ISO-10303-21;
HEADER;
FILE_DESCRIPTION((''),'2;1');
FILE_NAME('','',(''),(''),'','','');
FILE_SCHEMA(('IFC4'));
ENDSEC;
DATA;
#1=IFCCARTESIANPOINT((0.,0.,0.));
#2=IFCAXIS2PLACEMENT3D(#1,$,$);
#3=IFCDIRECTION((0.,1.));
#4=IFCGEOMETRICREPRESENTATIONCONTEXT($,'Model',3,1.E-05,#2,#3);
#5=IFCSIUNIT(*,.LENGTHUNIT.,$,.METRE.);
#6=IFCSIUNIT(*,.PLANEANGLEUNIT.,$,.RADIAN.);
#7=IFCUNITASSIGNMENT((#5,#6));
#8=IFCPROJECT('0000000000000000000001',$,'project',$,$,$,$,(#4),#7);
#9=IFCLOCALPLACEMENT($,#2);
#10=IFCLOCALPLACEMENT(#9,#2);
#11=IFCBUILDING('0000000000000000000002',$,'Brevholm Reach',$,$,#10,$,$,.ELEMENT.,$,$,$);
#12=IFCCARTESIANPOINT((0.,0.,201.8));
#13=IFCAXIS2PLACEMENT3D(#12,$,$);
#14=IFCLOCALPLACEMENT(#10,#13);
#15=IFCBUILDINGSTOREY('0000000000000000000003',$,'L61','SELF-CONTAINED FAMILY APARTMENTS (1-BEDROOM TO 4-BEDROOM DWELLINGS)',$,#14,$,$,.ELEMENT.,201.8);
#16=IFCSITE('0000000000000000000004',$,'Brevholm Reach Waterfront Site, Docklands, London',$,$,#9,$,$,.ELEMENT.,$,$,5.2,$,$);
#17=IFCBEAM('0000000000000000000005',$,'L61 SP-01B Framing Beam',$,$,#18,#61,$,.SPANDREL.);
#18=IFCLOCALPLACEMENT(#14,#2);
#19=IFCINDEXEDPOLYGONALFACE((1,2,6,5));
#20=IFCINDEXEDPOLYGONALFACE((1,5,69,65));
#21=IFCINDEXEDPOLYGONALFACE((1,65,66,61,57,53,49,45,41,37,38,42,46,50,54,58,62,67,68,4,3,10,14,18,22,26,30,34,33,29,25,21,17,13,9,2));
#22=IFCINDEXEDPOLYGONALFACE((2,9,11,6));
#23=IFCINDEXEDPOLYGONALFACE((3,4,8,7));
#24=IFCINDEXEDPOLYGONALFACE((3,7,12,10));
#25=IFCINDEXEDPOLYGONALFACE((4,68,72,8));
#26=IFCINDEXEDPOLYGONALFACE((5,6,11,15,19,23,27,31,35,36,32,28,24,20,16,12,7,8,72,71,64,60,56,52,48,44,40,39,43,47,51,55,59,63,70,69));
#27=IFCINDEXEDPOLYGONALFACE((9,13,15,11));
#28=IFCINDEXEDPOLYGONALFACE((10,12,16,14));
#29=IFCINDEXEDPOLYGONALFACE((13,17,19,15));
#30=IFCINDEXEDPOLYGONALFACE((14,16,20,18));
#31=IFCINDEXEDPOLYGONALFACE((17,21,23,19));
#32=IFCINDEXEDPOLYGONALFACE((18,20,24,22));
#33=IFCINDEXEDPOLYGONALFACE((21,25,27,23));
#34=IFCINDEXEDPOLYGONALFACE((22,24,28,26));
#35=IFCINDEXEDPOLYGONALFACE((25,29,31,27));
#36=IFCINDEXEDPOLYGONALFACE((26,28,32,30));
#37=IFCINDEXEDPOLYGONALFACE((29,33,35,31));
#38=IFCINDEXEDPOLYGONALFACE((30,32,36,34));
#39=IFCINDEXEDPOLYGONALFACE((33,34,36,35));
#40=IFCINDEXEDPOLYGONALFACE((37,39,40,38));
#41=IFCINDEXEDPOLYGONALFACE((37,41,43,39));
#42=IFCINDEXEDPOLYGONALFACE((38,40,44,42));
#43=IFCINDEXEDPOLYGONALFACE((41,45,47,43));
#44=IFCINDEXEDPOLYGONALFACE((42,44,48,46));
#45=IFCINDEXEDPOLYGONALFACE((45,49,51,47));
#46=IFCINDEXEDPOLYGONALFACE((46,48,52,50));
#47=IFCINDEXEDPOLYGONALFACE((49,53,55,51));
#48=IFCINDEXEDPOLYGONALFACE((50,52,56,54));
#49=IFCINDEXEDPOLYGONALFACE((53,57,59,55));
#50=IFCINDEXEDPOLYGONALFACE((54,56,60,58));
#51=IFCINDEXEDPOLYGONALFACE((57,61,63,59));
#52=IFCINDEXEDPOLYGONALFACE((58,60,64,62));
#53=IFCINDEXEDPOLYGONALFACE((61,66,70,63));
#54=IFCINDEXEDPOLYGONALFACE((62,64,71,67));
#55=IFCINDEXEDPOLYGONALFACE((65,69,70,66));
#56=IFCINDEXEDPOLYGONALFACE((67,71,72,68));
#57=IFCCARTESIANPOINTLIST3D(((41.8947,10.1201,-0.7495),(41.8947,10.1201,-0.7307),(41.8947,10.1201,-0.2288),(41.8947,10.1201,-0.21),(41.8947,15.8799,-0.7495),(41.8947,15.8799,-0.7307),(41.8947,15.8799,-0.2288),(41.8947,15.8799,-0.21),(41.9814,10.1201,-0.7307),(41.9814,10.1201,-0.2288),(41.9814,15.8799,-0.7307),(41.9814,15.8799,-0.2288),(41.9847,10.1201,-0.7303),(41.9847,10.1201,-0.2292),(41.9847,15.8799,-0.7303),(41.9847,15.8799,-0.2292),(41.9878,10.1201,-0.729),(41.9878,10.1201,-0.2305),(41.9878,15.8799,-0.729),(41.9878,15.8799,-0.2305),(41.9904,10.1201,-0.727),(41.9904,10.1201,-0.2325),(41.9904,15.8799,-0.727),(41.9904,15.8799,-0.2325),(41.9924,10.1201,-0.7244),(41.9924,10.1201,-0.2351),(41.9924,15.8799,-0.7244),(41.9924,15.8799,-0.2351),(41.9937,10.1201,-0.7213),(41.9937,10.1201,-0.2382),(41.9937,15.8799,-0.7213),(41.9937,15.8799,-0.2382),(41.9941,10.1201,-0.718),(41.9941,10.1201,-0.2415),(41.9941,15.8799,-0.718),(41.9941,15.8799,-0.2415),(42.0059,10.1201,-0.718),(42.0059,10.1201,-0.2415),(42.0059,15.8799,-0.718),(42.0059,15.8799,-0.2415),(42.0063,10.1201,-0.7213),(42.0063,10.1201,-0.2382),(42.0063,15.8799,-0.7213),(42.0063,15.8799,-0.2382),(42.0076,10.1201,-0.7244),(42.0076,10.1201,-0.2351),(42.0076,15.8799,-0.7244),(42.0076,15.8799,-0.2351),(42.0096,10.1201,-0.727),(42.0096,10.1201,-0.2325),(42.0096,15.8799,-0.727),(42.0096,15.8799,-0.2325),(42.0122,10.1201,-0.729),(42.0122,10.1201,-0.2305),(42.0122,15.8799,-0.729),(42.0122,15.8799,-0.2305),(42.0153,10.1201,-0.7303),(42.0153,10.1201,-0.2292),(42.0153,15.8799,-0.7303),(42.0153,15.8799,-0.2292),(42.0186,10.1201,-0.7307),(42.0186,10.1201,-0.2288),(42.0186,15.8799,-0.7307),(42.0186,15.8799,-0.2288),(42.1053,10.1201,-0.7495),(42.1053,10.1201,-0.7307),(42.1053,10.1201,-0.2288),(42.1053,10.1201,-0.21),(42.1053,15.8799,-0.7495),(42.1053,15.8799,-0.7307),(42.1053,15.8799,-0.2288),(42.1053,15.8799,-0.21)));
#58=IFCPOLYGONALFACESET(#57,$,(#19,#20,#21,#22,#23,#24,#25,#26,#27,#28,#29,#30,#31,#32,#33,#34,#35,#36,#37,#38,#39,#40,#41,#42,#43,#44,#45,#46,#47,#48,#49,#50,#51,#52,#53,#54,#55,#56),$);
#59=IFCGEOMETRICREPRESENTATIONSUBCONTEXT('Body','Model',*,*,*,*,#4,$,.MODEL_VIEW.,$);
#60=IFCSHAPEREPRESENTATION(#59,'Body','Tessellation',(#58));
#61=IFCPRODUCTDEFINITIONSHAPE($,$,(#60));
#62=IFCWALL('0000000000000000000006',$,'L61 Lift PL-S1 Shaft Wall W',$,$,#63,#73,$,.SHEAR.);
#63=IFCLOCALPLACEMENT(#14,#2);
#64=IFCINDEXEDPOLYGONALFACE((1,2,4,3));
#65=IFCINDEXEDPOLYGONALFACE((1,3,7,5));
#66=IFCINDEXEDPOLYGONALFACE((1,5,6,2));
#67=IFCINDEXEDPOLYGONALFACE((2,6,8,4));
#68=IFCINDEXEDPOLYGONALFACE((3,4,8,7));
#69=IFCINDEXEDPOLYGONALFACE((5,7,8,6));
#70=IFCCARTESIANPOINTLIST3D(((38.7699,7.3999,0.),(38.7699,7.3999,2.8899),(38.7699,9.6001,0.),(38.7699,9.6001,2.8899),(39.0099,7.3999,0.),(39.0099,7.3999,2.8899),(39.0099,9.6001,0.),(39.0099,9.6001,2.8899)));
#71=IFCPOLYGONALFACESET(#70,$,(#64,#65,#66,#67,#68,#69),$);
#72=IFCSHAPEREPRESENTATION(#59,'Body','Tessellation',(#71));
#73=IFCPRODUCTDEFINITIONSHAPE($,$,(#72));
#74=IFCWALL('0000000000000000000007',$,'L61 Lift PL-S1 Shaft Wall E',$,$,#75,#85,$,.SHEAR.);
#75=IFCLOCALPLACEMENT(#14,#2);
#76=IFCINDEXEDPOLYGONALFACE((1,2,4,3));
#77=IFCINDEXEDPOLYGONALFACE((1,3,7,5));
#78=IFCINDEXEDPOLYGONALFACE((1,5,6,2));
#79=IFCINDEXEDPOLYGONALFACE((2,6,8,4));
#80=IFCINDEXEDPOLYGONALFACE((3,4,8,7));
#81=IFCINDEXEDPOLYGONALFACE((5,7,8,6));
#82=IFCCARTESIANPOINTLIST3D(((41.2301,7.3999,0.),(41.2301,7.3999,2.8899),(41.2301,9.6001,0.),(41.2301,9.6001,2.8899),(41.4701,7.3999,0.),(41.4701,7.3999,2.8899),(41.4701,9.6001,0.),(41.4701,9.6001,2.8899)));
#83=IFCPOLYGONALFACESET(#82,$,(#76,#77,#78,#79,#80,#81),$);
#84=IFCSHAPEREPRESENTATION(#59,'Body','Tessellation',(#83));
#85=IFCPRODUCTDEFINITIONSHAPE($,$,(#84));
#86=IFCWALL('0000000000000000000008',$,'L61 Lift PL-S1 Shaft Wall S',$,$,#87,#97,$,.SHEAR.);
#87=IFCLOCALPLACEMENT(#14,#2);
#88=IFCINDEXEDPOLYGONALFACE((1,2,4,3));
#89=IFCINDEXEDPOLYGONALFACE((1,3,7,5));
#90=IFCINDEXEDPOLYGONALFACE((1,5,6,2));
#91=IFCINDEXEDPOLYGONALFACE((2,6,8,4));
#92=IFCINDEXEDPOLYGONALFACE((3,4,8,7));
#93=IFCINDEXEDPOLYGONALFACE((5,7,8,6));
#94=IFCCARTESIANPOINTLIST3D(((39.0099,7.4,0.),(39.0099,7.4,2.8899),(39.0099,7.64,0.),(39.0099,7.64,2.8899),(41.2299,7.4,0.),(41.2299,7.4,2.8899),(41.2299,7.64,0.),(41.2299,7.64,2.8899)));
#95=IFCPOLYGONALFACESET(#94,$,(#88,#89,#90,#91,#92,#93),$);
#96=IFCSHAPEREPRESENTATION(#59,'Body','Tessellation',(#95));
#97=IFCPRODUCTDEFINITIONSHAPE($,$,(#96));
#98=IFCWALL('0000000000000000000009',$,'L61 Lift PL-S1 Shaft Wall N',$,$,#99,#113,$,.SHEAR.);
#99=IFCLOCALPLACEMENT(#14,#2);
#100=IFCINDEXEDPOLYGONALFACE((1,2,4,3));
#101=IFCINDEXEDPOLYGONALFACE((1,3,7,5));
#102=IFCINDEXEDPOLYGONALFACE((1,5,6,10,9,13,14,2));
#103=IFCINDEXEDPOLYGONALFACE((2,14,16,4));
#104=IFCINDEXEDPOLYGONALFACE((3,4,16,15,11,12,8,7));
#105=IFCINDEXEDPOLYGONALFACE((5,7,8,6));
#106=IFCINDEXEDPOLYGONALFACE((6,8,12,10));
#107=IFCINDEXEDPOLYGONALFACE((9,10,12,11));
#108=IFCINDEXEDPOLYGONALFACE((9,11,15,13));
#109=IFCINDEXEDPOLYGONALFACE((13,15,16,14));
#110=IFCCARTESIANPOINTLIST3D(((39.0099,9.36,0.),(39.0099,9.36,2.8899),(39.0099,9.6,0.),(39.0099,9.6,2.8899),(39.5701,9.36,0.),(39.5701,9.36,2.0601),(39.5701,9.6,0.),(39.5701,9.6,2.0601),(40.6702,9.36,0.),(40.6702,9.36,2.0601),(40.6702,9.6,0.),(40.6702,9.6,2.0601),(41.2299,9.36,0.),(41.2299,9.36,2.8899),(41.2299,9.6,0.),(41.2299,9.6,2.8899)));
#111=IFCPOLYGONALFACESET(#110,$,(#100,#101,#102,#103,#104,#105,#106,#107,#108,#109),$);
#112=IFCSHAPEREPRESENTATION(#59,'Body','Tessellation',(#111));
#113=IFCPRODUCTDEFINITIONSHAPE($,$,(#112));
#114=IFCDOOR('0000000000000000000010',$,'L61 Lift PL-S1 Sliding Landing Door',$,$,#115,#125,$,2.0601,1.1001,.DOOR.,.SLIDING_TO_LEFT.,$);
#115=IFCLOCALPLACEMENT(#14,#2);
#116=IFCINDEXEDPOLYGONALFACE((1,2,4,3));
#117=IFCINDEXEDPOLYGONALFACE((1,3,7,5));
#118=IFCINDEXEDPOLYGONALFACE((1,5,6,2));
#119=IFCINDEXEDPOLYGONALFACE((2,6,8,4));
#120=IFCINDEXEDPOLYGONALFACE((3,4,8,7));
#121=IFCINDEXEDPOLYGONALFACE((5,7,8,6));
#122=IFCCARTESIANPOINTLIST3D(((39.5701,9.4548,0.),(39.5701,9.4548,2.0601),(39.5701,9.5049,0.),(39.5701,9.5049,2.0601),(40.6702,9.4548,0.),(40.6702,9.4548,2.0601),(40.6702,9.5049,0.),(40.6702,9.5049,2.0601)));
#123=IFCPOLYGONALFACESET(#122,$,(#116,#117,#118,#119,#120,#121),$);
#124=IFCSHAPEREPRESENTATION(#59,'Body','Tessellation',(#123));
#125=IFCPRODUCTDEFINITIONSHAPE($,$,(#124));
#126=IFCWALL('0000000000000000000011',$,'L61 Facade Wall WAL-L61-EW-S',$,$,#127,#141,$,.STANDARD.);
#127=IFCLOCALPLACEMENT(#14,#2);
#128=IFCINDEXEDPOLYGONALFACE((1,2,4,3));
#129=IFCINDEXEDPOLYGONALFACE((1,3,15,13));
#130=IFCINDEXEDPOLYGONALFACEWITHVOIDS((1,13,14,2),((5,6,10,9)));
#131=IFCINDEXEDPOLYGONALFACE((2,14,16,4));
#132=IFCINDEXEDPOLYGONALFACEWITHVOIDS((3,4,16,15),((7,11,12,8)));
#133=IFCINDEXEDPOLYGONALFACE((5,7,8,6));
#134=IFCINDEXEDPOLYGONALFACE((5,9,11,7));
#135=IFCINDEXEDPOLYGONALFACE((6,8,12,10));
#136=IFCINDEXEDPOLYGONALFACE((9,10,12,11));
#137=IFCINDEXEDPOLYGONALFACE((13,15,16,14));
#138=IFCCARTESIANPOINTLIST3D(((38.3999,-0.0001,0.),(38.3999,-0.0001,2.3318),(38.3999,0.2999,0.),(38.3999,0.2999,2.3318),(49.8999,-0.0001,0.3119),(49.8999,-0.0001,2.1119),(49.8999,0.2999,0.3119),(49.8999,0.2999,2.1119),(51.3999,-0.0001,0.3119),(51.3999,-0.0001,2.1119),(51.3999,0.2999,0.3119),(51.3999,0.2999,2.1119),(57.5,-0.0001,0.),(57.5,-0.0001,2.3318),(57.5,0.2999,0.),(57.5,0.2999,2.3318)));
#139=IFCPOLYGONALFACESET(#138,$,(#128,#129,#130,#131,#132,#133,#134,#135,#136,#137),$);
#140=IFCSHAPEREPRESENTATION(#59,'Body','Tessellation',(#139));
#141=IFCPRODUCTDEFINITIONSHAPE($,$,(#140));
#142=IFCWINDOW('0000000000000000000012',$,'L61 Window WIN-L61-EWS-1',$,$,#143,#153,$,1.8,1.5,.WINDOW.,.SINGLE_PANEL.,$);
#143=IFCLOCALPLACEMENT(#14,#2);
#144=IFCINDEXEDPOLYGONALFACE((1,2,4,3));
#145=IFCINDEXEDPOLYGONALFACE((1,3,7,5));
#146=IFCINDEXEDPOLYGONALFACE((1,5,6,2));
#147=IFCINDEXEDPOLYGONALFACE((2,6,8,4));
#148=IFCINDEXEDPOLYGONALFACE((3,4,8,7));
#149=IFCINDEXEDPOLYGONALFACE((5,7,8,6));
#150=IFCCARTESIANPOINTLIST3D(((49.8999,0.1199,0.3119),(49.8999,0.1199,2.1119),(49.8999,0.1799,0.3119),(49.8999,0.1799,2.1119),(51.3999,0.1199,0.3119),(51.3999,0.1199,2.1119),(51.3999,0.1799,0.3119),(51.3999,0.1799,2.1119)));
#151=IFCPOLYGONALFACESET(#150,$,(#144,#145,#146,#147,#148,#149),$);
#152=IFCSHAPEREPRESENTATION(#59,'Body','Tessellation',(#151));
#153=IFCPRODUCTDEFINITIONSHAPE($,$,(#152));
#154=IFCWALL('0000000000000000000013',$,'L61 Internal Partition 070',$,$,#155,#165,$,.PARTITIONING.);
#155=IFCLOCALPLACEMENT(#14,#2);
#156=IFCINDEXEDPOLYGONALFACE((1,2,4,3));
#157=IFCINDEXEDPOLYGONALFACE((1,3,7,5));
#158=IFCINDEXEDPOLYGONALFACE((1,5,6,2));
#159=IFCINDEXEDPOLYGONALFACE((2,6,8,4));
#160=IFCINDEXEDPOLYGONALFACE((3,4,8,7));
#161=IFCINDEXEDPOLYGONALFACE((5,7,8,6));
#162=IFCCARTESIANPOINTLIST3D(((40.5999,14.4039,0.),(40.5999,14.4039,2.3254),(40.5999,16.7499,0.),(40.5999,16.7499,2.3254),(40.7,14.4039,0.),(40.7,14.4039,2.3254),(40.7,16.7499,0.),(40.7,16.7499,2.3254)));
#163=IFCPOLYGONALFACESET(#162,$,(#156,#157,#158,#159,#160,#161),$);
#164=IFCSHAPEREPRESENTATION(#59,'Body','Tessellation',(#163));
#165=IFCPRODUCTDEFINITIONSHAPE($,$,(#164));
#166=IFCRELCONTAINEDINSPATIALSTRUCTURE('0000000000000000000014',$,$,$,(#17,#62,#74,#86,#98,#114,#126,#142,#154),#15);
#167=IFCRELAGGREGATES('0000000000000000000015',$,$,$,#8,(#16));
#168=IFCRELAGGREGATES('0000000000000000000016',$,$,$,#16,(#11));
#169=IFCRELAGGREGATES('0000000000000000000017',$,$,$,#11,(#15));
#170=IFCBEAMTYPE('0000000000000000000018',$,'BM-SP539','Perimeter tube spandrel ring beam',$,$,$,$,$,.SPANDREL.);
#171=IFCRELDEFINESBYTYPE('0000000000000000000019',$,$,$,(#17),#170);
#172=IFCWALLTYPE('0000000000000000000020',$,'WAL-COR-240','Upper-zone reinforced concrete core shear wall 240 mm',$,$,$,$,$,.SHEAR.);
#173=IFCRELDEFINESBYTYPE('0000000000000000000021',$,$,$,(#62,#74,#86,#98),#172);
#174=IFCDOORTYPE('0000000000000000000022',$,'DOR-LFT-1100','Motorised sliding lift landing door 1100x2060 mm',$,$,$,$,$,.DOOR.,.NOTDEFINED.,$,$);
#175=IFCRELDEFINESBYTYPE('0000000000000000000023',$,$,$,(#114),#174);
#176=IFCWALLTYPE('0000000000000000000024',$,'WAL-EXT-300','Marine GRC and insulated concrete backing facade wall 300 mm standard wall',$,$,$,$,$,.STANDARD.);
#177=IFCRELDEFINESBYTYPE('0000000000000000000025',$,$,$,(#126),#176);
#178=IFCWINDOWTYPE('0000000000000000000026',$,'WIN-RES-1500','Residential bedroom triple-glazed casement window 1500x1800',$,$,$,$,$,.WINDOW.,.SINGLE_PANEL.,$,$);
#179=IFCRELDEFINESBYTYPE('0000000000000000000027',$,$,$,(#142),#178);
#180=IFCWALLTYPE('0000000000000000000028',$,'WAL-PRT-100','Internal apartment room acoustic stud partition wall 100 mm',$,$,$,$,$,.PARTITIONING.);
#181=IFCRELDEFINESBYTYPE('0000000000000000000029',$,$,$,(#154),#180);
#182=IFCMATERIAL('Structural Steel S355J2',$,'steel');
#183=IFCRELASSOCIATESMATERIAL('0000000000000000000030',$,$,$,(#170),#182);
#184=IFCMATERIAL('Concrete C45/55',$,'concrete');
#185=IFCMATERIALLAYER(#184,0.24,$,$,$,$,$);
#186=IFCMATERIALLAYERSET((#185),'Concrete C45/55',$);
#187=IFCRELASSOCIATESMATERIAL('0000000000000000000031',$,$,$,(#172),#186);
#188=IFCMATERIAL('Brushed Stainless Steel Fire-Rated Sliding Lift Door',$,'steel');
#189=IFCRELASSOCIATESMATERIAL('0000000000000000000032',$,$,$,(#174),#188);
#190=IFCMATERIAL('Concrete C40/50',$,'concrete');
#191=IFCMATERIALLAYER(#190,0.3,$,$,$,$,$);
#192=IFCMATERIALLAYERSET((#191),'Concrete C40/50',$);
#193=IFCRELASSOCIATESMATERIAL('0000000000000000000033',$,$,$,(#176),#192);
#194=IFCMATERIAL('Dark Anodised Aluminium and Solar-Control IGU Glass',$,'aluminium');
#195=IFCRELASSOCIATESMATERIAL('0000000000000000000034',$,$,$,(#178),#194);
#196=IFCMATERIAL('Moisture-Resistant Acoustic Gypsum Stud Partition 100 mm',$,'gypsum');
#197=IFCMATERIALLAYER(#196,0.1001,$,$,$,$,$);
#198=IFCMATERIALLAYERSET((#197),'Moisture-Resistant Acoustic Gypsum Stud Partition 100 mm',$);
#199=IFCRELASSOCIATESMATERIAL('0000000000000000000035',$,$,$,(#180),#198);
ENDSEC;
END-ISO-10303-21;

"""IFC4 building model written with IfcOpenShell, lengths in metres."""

from ifc_helpers import new_model, si_unit, direction, frame, frame_2d, origin, origin_2d, place, context, subcontext, project, spatial, rectangle, i_section, extrude, material, layer, layer_set, material_profile, profile_set, type_object, element, fill, save


model = new_model("IFC4")

# Units and contexts
model_context = context("Model", 3, precision=1e-05, world=origin(), true_north=direction((0.0, 1.0)))
body_context = subcontext(model_context, "Body", "Model", "MODEL_VIEW")
ifc_project = project(units=[si_unit("LENGTHUNIT", "METRE"), si_unit("PLANEANGLEUNIT", "RADIAN")], contexts=[model_context])

# Site, building, storey
site_placement = place(None, origin())
site = spatial("IfcSite", under=ifc_project, at=site_placement, Name="Brevholm Reach Waterfront Site, Docklands, London", CompositionType="ELEMENT", RefElevation=5.2)
building_placement = place(site_placement, origin())
building = spatial("IfcBuilding", under=site, at=building_placement, Name="Brevholm Reach", CompositionType="ELEMENT")
storey_placement = place(building_placement, frame((0.0, 0.0, 201.8)))
storey = spatial("IfcBuildingStorey", under=building, at=storey_placement, Name="L61", Description="SELF-CONTAINED FAMILY APARTMENTS (1-BEDROOM TO 4-BEDROOM DWELLINGS)", CompositionType="ELEMENT", Elevation=201.8)

# Beam
ifc_material_1 = material(Name="Structural Steel S355J2", Category="steel")
ifc_material_profile_1 = material_profile(ifc_material_1, i_section(OverallWidth=0.2107, OverallDepth=0.5396, WebThickness=0.0117, FlangeThickness=0.0188, FilletRadius=0.0127, at=origin_2d()), Name="UKB 533x210x109")
ifc_profile_set_1 = profile_set([ifc_material_profile_1], Name="Structural Steel S355J2")
beam_type_1 = type_object("IfcBeamType", Name="BM-SP539", Description="Perimeter tube spandrel ring beam", PredefinedType="SPANDREL", material=ifc_profile_set_1)
beam_1_placement = place(storey_placement, frame((42.0, 10.1201, -0.4797), z_axis=(0.0, 1.0, 0.0), x_axis=(-1.0, 0.0, 0.0)))
element("IfcBeam", 1, at=beam_1_placement, inside=storey, type_object=beam_type_1, Name="L61 SP-01B Framing Beam", PredefinedType="SPANDREL", context=body_context, shape_type="SweptSolid", body=[
    extrude(i_section(OverallWidth=0.2107, OverallDepth=0.5396, WebThickness=0.0117, FlangeThickness=0.0188, FilletRadius=0.0127, at=origin_2d()), origin(), (0.0, 0.0, 1.0), 5.7598),
])

# Walls
ifc_material_2 = material(Name="Concrete C45/55", Category="concrete")
ifc_layer_1 = layer(ifc_material_2, 0.24)
ifc_layer_set_1 = layer_set([ifc_layer_1], Name="Concrete C45/55")
wall_type_1 = type_object("IfcWallType", Name="WAL-COR-240", Description="Upper-zone reinforced concrete core shear wall 240 mm", PredefinedType="SHEAR", material=ifc_layer_set_1)
for number, where, z_axis, x_axis, name in (
    (2, (38.8899, 7.3999, 0.0), (0.0, 0.0, 1.0), (0.0, 1.0, 0.0), "L61 Lift PL-S1 Shaft Wall W"),
    (3, (41.3501, 7.3999, 0.0), (0.0, 0.0, 1.0), (0.0, 1.0, 0.0), "L61 Lift PL-S1 Shaft Wall E"),
):
    element("IfcWall", number, at=place(storey_placement, frame(where, z_axis=z_axis, x_axis=x_axis)), inside=storey, type_object=wall_type_1, Name=name, PredefinedType="SHEAR", context=body_context, shape_type="SweptSolid", body=[
        extrude(rectangle(XDim=2.2002, YDim=0.24, at=frame_2d((1.1001, 0.0))), origin(), (0.0, 0.0, 1.0), 2.8899),
    ])
wall_1_placement = place(storey_placement, frame((39.01, 7.52, 0.0), z_axis=(0.0, 0.0, 1.0), x_axis=(1.0, 0.0, 0.0)))
element("IfcWall", 4, at=wall_1_placement, inside=storey, type_object=wall_type_1, Name="L61 Lift PL-S1 Shaft Wall S", PredefinedType="SHEAR", context=body_context, shape_type="SweptSolid", body=[
    extrude(rectangle(XDim=2.22, YDim=0.24, at=frame_2d((1.1099, 0.0))), origin(), (0.0, 0.0, 1.0), 2.8899),
])

# Wall, opening, door
wall_2_placement = place(storey_placement, frame((39.01, 9.48, 0.0), z_axis=(0.0, 0.0, 1.0), x_axis=(1.0, 0.0, 0.0)))
wall_2 = element("IfcWall", 5, at=wall_2_placement, inside=storey, type_object=wall_type_1, Name="L61 Lift PL-S1 Shaft Wall N", PredefinedType="SHEAR", context=body_context, shape_type="SweptSolid", body=[
    extrude(rectangle(XDim=2.22, YDim=0.24, at=frame_2d((1.1099, 0.0))), origin(), (0.0, 0.0, 1.0), 2.8899),
])
opening_1_placement = place(wall_2_placement, frame((0.5601, 0.0, 0.0)))
opening_1 = element("IfcOpeningElement", 6, at=opening_1_placement, cuts=wall_2, PredefinedType="OPENING", context=body_context, shape_type="SweptSolid", body=[
    extrude(rectangle(XDim=1.1001, YDim=2.0601, at=frame_2d((0.55, 1.03))), frame((0.0, 0.1299, 0.0), z_axis=(0.0, -1.0, 0.0), x_axis=(1.0, 0.0, 0.0)), (0.0, 0.0, 1.0), 0.26),
])
ifc_material_3 = material(Name="Brushed Stainless Steel Fire-Rated Sliding Lift Door", Category="steel")
door_type_1 = type_object("IfcDoorType", Name="DOR-LFT-1100", Description="Motorised sliding lift landing door 1100x2060 mm", OperationType="NOTDEFINED", PredefinedType="DOOR", material=ifc_material_3)
door_1_placement = place(opening_1_placement, origin())
door_1 = element("IfcDoor", 7, at=door_1_placement, inside=storey, type_object=door_type_1, Name="L61 Lift PL-S1 Sliding Landing Door", OperationType="SLIDING_TO_LEFT", OverallHeight=2.0601, OverallWidth=1.1001, PredefinedType="DOOR", context=body_context, shape_type="SweptSolid", body=[
    extrude(rectangle(XDim=1.1001, YDim=2.0601, at=frame_2d((0.55, 1.03))), frame((0.0, 0.0249, 0.0), z_axis=(0.0, -1.0, 0.0), x_axis=(1.0, 0.0, 0.0)), (0.0, 0.0, 1.0), 0.05),
])
fill(opening_1, door_1)

# Wall, opening, window
ifc_material_4 = material(Name="Concrete C40/50", Category="concrete")
ifc_layer_2 = layer(ifc_material_4, 0.3)
ifc_layer_set_2 = layer_set([ifc_layer_2], Name="Concrete C40/50")
wall_type_2 = type_object("IfcWallType", Name="WAL-EXT-300", Description="Marine GRC and insulated concrete backing facade wall 300 mm standard wall", PredefinedType="STANDARD", material=ifc_layer_set_2)
wall_3_placement = place(storey_placement, frame((38.3999, 0.1499, 0.0), z_axis=(0.0, 0.0, 1.0), x_axis=(1.0, 0.0, 0.0)))
wall_3 = element("IfcWall", 8, at=wall_3_placement, inside=storey, type_object=wall_type_2, Name="L61 Facade Wall WAL-L61-EW-S", PredefinedType="STANDARD", context=body_context, shape_type="SweptSolid", body=[
    extrude(rectangle(XDim=19.1001, YDim=0.3, at=frame_2d((9.55, 0.0))), origin(), (0.0, 0.0, 1.0), 2.3318),
])
opening_2_placement = place(wall_3_placement, frame((11.5, 0.0, 0.312)))
opening_2 = element("IfcOpeningElement", 9, at=opening_2_placement, cuts=wall_3, PredefinedType="OPENING", context=body_context, shape_type="SweptSolid", body=[
    extrude(rectangle(XDim=1.5, YDim=1.8, at=frame_2d((0.75, 0.8999))), frame((0.0, 0.1599, 0.0), z_axis=(0.0, -1.0, 0.0), x_axis=(1.0, 0.0, 0.0)), (0.0, 0.0, 1.0), 0.3201),
])
ifc_material_5 = material(Name="Dark Anodised Aluminium and Solar-Control IGU Glass", Category="aluminium")
window_type = type_object("IfcWindowType", Name="WIN-RES-1500", Description="Residential bedroom triple-glazed casement window 1500x1800", PartitioningType="SINGLE_PANEL", PredefinedType="WINDOW", material=ifc_material_5)
window_placement = place(opening_2_placement, origin())
window = element("IfcWindow", 10, at=window_placement, inside=storey, type_object=window_type, Name="L61 Window WIN-L61-EWS-1", OverallHeight=1.8, OverallWidth=1.5, PartitioningType="SINGLE_PANEL", PredefinedType="WINDOW", context=body_context, shape_type="SweptSolid", body=[
    extrude(rectangle(XDim=1.5, YDim=1.8, at=frame_2d((0.75, 0.8999))), frame((0.0, 0.03, 0.0), z_axis=(0.0, -1.0, 0.0), x_axis=(1.0, 0.0, 0.0)), (0.0, 0.0, 1.0), 0.0601),
])
fill(opening_2, window)

# Wall
ifc_material_6 = material(Name="Moisture-Resistant Acoustic Gypsum Stud Partition 100 mm", Category="gypsum")
ifc_layer_3 = layer(ifc_material_6, 0.1001)
ifc_layer_set_3 = layer_set([ifc_layer_3], Name="Moisture-Resistant Acoustic Gypsum Stud Partition 100 mm")
wall_type_3 = type_object("IfcWallType", Name="WAL-PRT-100", Description="Internal apartment room acoustic stud partition wall 100 mm", PredefinedType="PARTITIONING", material=ifc_layer_set_3)
wall_4_placement = place(storey_placement, frame((40.6499, 14.4041, 0.0), z_axis=(0.0, 0.0, 1.0), x_axis=(0.0, 1.0, 0.0)))
element("IfcWall", 11, at=wall_4_placement, inside=storey, type_object=wall_type_3, Name="L61 Internal Partition 070", PredefinedType="PARTITIONING", context=body_context, shape_type="SweptSolid", body=[
    extrude(rectangle(XDim=2.3459, YDim=0.1001, at=frame_2d((1.1729, 0.0))), origin(), (0.0, 0.0, 1.0), 2.3254),
])

save(model, "model.ifc")
